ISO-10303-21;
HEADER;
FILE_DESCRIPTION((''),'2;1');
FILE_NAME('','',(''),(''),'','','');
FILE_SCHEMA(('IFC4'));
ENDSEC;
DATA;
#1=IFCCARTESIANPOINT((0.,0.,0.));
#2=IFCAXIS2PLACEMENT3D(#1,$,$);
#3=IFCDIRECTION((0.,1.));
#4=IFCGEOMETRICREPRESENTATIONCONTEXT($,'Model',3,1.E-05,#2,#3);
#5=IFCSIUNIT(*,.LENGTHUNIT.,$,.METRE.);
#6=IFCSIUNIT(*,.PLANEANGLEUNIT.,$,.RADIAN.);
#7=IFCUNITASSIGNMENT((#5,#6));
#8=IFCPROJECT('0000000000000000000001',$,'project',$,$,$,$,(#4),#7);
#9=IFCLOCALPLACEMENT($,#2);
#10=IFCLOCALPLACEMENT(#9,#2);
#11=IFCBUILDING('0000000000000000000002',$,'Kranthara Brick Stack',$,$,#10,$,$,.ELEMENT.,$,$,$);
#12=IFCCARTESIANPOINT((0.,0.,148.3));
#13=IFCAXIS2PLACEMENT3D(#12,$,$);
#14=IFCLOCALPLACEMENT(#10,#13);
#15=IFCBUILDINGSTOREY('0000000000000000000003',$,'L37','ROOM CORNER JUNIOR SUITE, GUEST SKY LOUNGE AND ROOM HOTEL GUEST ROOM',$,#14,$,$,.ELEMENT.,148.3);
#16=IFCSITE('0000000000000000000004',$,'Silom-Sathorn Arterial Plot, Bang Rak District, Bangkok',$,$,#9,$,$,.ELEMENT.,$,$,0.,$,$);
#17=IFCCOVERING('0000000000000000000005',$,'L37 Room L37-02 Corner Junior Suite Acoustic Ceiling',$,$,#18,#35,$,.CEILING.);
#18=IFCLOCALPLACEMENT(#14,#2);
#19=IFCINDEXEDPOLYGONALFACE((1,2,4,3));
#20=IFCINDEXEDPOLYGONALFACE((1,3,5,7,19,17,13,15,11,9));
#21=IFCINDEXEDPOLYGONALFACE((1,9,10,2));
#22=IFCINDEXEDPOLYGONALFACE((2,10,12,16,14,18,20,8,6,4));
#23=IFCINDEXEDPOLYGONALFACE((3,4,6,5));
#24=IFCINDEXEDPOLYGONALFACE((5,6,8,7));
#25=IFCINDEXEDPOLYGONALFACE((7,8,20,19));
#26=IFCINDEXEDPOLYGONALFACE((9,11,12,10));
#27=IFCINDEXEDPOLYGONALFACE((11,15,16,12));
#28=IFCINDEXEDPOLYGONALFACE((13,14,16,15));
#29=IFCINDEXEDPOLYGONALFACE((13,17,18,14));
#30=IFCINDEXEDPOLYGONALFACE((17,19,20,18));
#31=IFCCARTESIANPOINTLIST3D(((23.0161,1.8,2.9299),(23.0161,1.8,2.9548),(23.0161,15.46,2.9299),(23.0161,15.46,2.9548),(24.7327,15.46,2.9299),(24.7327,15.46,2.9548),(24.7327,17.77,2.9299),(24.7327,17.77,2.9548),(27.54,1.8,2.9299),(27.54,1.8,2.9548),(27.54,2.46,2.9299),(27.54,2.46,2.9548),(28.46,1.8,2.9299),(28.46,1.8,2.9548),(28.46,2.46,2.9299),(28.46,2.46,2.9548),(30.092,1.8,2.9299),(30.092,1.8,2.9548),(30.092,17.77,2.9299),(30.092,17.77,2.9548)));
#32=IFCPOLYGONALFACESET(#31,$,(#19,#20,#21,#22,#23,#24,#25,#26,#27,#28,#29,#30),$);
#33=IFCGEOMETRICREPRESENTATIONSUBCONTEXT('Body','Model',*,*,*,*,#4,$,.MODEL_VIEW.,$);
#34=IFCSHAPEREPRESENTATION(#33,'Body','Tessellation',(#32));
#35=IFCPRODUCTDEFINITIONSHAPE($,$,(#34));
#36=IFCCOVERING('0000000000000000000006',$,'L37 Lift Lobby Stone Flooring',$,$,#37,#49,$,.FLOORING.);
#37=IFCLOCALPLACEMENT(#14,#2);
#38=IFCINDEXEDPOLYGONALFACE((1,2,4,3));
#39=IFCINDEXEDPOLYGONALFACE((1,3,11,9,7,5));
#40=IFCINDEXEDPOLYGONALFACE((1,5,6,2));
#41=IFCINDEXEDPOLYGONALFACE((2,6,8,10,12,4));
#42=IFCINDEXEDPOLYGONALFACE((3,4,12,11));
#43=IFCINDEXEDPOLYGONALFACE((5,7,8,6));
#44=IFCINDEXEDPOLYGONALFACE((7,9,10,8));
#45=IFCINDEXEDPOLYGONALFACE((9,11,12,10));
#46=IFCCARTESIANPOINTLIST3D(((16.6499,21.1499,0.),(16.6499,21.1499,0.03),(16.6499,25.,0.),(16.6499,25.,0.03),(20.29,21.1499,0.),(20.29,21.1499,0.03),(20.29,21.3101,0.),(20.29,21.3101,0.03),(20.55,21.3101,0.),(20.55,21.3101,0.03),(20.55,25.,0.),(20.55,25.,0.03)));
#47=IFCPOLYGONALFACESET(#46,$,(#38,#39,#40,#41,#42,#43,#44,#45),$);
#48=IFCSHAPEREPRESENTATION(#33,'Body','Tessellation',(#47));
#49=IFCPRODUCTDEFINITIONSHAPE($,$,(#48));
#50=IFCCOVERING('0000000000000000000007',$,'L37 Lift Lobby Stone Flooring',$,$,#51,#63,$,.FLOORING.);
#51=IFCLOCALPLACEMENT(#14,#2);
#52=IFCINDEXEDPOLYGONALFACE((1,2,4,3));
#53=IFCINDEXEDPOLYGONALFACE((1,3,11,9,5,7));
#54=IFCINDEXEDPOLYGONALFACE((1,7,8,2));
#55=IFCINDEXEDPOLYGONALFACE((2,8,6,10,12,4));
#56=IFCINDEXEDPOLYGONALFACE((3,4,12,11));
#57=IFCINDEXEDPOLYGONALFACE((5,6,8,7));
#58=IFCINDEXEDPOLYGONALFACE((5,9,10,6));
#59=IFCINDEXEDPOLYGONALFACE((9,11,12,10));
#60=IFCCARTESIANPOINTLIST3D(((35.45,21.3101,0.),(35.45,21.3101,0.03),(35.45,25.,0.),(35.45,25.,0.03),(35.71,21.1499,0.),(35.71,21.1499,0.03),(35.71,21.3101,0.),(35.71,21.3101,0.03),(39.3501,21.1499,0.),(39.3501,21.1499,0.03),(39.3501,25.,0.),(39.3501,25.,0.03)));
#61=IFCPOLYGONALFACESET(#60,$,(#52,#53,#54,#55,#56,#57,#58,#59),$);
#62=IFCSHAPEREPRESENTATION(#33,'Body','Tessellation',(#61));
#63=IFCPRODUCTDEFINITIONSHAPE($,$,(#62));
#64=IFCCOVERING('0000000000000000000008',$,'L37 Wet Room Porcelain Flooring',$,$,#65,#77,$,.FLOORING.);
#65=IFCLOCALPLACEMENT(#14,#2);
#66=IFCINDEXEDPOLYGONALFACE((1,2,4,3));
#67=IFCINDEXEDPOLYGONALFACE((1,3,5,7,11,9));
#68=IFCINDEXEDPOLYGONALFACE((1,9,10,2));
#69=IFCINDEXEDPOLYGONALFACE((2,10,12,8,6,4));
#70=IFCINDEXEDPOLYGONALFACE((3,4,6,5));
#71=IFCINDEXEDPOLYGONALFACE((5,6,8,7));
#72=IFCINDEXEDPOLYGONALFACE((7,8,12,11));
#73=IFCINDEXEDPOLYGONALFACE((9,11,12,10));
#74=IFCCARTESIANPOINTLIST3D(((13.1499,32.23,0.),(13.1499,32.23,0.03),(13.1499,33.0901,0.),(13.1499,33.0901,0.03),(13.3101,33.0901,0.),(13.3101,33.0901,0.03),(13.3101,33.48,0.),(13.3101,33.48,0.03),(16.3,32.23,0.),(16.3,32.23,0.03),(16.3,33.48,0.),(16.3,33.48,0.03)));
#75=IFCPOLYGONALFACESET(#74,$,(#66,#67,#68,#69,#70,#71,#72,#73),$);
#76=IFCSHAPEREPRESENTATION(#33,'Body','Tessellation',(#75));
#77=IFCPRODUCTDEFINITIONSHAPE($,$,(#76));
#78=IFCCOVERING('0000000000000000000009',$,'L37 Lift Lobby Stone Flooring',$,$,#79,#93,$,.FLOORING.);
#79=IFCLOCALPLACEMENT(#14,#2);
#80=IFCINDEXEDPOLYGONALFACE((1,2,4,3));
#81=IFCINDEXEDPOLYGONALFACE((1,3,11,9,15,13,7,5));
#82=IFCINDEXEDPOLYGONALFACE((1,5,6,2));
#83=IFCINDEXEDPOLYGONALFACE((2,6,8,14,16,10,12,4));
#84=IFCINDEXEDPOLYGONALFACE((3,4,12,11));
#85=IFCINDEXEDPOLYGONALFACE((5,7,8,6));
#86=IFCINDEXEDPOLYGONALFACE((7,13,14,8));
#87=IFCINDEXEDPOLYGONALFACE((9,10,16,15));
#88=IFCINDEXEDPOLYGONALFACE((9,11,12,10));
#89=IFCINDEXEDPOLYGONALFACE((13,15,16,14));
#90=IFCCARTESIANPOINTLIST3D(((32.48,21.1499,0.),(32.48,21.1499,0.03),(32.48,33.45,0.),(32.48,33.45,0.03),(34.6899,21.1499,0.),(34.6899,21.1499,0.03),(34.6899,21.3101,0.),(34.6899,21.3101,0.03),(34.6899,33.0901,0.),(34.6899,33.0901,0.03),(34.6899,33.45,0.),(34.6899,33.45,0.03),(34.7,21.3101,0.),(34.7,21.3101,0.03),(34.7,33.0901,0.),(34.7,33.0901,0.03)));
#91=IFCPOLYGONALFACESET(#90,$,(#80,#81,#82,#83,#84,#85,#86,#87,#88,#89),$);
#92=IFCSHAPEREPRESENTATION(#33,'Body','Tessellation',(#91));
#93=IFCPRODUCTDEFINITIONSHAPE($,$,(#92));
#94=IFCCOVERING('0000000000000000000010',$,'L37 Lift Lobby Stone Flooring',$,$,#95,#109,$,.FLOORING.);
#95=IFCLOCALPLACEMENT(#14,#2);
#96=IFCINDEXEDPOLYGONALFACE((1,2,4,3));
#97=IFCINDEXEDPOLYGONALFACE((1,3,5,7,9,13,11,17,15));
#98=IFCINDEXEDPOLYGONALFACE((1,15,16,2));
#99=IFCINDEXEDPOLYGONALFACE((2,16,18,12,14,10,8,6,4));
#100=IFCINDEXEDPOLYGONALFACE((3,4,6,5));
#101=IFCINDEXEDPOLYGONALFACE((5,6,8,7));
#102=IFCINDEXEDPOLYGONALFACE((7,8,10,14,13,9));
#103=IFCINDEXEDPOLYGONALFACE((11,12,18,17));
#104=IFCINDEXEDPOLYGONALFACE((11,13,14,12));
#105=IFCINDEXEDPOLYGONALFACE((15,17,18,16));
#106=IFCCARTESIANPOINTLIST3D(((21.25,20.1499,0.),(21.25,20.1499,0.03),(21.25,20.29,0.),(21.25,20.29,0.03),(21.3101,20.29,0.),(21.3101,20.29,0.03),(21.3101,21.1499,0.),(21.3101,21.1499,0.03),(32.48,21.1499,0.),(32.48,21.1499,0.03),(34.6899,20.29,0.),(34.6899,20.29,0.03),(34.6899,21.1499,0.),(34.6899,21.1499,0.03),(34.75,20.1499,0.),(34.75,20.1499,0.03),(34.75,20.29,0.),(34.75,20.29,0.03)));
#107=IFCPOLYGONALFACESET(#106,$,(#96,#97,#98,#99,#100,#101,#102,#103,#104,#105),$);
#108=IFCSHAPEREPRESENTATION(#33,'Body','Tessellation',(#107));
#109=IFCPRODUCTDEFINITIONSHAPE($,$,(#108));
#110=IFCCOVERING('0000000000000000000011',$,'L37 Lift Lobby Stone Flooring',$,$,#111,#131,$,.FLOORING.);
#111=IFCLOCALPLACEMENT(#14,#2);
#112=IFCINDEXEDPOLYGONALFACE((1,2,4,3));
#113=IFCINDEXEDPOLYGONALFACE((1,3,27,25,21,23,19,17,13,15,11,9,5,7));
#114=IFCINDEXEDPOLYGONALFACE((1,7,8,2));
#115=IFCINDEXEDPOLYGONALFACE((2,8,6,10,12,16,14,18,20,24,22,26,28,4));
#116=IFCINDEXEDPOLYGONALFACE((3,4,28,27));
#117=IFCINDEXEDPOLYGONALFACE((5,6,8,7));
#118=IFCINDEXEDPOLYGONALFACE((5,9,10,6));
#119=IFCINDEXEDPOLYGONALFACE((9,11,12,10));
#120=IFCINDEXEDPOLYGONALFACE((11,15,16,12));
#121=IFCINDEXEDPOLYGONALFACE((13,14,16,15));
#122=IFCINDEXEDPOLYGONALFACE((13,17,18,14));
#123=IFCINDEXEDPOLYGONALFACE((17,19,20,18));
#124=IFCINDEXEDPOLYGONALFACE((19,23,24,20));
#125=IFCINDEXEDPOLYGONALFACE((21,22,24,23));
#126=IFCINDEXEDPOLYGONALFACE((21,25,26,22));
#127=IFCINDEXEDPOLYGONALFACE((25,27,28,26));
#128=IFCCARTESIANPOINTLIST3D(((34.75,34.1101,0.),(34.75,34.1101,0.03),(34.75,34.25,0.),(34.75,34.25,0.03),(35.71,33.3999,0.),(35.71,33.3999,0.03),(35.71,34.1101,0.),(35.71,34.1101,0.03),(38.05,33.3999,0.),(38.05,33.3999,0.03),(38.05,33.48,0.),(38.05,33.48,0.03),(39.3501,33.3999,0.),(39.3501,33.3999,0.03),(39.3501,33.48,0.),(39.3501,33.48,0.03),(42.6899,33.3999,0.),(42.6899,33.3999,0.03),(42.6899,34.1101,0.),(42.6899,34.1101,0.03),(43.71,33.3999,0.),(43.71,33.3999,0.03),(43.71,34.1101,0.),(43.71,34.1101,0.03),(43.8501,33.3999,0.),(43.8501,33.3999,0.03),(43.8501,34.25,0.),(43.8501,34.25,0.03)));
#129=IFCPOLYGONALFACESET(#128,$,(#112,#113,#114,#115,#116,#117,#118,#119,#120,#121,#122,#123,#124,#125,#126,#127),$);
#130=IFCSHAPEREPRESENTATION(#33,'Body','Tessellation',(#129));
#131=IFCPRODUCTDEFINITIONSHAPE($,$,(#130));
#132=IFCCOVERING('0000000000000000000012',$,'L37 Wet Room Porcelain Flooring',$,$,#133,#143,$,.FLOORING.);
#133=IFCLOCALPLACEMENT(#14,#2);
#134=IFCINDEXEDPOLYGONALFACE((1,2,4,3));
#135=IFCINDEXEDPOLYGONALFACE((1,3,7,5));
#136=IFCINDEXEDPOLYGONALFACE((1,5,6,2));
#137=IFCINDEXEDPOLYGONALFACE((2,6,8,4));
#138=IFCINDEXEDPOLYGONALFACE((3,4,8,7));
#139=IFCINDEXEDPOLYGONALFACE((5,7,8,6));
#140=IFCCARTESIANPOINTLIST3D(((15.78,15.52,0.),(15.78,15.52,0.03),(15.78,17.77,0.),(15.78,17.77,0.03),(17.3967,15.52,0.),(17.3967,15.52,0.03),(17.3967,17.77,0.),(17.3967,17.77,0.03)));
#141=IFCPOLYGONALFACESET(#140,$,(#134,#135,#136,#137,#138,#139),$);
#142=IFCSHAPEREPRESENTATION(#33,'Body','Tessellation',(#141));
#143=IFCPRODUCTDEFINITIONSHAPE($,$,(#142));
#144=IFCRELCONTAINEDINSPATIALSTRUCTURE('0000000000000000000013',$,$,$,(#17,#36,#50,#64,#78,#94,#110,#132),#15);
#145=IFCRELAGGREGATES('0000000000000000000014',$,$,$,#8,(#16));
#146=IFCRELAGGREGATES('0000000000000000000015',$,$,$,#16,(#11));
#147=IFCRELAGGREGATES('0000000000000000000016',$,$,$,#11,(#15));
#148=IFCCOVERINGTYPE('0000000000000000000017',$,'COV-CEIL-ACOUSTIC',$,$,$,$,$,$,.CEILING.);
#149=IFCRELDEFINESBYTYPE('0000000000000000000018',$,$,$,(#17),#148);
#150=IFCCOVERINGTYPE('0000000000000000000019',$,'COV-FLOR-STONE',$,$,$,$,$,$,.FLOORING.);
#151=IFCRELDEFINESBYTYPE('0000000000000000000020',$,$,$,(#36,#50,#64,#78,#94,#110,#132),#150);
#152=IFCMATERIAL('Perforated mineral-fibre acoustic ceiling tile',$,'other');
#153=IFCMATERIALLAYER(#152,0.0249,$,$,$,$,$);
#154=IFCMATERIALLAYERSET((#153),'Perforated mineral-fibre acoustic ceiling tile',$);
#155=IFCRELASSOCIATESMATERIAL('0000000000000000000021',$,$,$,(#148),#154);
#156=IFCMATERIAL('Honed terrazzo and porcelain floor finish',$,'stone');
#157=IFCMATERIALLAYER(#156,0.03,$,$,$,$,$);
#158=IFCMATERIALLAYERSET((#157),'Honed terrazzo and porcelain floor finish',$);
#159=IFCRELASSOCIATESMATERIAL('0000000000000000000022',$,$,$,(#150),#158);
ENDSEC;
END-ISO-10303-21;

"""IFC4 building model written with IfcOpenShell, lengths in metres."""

from ifc_helpers import new_model, si_unit, direction, frame, origin, place, context, subcontext, project, spatial, polyline, outline, extrude, material, layer, layer_set, type_object, element, save


model = new_model("IFC4")

# Units and contexts
model_context = context("Model", 3, precision=1e-05, world=origin(), true_north=direction((0.0, 1.0)))
body_context = subcontext(model_context, "Body", "Model", "MODEL_VIEW")
ifc_project = project(units=[si_unit("LENGTHUNIT", "METRE"), si_unit("PLANEANGLEUNIT", "RADIAN")], contexts=[model_context])

# Site, building, storey
site_placement = place(None, origin())
site = spatial("IfcSite", under=ifc_project, at=site_placement, Name="Silom-Sathorn Arterial Plot, Bang Rak District, Bangkok", CompositionType="ELEMENT", RefElevation=0.0)
building_placement = place(site_placement, origin())
building = spatial("IfcBuilding", under=site, at=building_placement, Name="Kranthara Brick Stack", CompositionType="ELEMENT")
storey_placement = place(building_placement, frame((0.0, 0.0, 148.3)))
storey = spatial("IfcBuildingStorey", under=building, at=storey_placement, Name="L37", Description="ROOM CORNER JUNIOR SUITE, GUEST SKY LOUNGE AND ROOM HOTEL GUEST ROOM", CompositionType="ELEMENT", Elevation=148.3)

# Coverings
ifc_material_1 = material(Name="Perforated mineral-fibre acoustic ceiling tile", Category="other")
ifc_layer_1 = layer(ifc_material_1, 0.0249)
ifc_layer_set_1 = layer_set([ifc_layer_1], Name="Perforated mineral-fibre acoustic ceiling tile")
covering_type_1 = type_object("IfcCoveringType", Name="COV-CEIL-ACOUSTIC", PredefinedType="CEILING", material=ifc_layer_set_1)
covering_1_placement = place(storey_placement, frame((0.0, 0.0, 2.9299)))
element("IfcCovering", 1, at=covering_1_placement, inside=storey, type_object=covering_type_1, Name="L37 Room L37-02 Corner Junior Suite Acoustic Ceiling", PredefinedType="CEILING", context=body_context, shape_type="SweptSolid", body=[
    extrude(outline(polyline([(23.0161, 1.8), (23.0161, 15.46), (24.7327, 15.46), (24.7327, 17.77), (30.092, 17.77), (30.092, 1.8), (28.46, 1.8), (28.46, 2.46), (27.54, 2.46), (27.54, 1.8), (23.0161, 1.8)])), origin(), (0.0, 0.0, 1.0), 0.0249),
])
ifc_material_2 = material(Name="Honed terrazzo and porcelain floor finish", Category="stone")
ifc_layer_2 = layer(ifc_material_2, 0.03)
ifc_layer_set_2 = layer_set([ifc_layer_2], Name="Honed terrazzo and porcelain floor finish")
covering_type_2 = type_object("IfcCoveringType", Name="COV-FLOR-STONE", PredefinedType="FLOORING", material=ifc_layer_set_2)
covering_2_placement = place(storey_placement, origin())
element("IfcCovering", 2, at=covering_2_placement, inside=storey, type_object=covering_type_2, Name="L37 Lift Lobby Stone Flooring", PredefinedType="FLOORING", context=body_context, shape_type="SweptSolid", body=[
    extrude(outline(polyline([(16.6499, 21.1499), (16.6499, 25.0), (20.55, 25.0), (20.55, 21.3101), (20.29, 21.3101), (20.29, 21.1499), (16.6499, 21.1499)])), origin(), (0.0, 0.0, 1.0), 0.03),
])
covering_3_placement = place(storey_placement, origin())
element("IfcCovering", 3, at=covering_3_placement, inside=storey, type_object=covering_type_2, Name="L37 Lift Lobby Stone Flooring", PredefinedType="FLOORING", context=body_context, shape_type="SweptSolid", body=[
    extrude(outline(polyline([(35.45, 25.0), (39.3501, 25.0), (39.3501, 21.1499), (35.71, 21.1499), (35.71, 21.3101), (35.45, 21.3101), (35.45, 25.0)])), origin(), (0.0, 0.0, 1.0), 0.03),
])
covering_4_placement = place(storey_placement, origin())
element("IfcCovering", 4, at=covering_4_placement, inside=storey, type_object=covering_type_2, Name="L37 Wet Room Porcelain Flooring", PredefinedType="FLOORING", context=body_context, shape_type="SweptSolid", body=[
    extrude(outline(polyline([(16.3, 33.48), (16.3, 32.23), (13.1499, 32.23), (13.1499, 33.0901), (13.3101, 33.0901), (13.3101, 33.48), (16.3, 33.48)])), origin(), (0.0, 0.0, 1.0), 0.03),
])
covering_5_placement = place(storey_placement, origin())
element("IfcCovering", 5, at=covering_5_placement, inside=storey, type_object=covering_type_2, Name="L37 Lift Lobby Stone Flooring", PredefinedType="FLOORING", context=body_context, shape_type="SweptSolid", body=[
    extrude(outline(polyline([(32.48, 33.45), (34.6899, 33.45), (34.6899, 33.0901), (34.7, 33.0901), (34.7, 21.3101), (34.6899, 21.3101), (34.6899, 21.1499), (32.48, 21.1499), (32.48, 33.45)])), origin(), (0.0, 0.0, 1.0), 0.03),
])
covering_6_placement = place(storey_placement, origin())
element("IfcCovering", 6, at=covering_6_placement, inside=storey, type_object=covering_type_2, Name="L37 Lift Lobby Stone Flooring", PredefinedType="FLOORING", context=body_context, shape_type="SweptSolid", body=[
    extrude(outline(polyline([(21.25, 20.29), (21.3101, 20.29), (21.3101, 21.1499), (32.48, 21.1499), (34.6899, 21.1499), (34.6899, 20.29), (34.75, 20.29), (34.75, 20.1499), (21.25, 20.1499), (21.25, 20.29)])), origin(), (0.0, 0.0, 1.0), 0.03),
])
covering_7_placement = place(storey_placement, origin())
element("IfcCovering", 7, at=covering_7_placement, inside=storey, type_object=covering_type_2, Name="L37 Lift Lobby Stone Flooring", PredefinedType="FLOORING", context=body_context, shape_type="SweptSolid", body=[
    extrude(outline(polyline([(43.71, 33.3999), (43.71, 34.1101), (42.6899, 34.1101), (42.6899, 33.3999), (39.3501, 33.3999), (39.3501, 33.48), (38.05, 33.48), (38.05, 33.3999), (35.71, 33.3999), (35.71, 34.1101), (34.75, 34.1101), (34.75, 34.25), (43.8501, 34.25), (43.8501, 33.3999), (43.71, 33.3999)])), origin(), (0.0, 0.0, 1.0), 0.03),
])
covering_8_placement = place(storey_placement, origin())
element("IfcCovering", 8, at=covering_8_placement, inside=storey, type_object=covering_type_2, Name="L37 Wet Room Porcelain Flooring", PredefinedType="FLOORING", context=body_context, shape_type="SweptSolid", body=[
    extrude(outline(polyline([(15.78, 15.52), (15.78, 17.77), (17.3967, 17.77), (17.3967, 15.52), (15.78, 15.52)])), origin(), (0.0, 0.0, 1.0), 0.03),
])

save(model, "model.ifc")
